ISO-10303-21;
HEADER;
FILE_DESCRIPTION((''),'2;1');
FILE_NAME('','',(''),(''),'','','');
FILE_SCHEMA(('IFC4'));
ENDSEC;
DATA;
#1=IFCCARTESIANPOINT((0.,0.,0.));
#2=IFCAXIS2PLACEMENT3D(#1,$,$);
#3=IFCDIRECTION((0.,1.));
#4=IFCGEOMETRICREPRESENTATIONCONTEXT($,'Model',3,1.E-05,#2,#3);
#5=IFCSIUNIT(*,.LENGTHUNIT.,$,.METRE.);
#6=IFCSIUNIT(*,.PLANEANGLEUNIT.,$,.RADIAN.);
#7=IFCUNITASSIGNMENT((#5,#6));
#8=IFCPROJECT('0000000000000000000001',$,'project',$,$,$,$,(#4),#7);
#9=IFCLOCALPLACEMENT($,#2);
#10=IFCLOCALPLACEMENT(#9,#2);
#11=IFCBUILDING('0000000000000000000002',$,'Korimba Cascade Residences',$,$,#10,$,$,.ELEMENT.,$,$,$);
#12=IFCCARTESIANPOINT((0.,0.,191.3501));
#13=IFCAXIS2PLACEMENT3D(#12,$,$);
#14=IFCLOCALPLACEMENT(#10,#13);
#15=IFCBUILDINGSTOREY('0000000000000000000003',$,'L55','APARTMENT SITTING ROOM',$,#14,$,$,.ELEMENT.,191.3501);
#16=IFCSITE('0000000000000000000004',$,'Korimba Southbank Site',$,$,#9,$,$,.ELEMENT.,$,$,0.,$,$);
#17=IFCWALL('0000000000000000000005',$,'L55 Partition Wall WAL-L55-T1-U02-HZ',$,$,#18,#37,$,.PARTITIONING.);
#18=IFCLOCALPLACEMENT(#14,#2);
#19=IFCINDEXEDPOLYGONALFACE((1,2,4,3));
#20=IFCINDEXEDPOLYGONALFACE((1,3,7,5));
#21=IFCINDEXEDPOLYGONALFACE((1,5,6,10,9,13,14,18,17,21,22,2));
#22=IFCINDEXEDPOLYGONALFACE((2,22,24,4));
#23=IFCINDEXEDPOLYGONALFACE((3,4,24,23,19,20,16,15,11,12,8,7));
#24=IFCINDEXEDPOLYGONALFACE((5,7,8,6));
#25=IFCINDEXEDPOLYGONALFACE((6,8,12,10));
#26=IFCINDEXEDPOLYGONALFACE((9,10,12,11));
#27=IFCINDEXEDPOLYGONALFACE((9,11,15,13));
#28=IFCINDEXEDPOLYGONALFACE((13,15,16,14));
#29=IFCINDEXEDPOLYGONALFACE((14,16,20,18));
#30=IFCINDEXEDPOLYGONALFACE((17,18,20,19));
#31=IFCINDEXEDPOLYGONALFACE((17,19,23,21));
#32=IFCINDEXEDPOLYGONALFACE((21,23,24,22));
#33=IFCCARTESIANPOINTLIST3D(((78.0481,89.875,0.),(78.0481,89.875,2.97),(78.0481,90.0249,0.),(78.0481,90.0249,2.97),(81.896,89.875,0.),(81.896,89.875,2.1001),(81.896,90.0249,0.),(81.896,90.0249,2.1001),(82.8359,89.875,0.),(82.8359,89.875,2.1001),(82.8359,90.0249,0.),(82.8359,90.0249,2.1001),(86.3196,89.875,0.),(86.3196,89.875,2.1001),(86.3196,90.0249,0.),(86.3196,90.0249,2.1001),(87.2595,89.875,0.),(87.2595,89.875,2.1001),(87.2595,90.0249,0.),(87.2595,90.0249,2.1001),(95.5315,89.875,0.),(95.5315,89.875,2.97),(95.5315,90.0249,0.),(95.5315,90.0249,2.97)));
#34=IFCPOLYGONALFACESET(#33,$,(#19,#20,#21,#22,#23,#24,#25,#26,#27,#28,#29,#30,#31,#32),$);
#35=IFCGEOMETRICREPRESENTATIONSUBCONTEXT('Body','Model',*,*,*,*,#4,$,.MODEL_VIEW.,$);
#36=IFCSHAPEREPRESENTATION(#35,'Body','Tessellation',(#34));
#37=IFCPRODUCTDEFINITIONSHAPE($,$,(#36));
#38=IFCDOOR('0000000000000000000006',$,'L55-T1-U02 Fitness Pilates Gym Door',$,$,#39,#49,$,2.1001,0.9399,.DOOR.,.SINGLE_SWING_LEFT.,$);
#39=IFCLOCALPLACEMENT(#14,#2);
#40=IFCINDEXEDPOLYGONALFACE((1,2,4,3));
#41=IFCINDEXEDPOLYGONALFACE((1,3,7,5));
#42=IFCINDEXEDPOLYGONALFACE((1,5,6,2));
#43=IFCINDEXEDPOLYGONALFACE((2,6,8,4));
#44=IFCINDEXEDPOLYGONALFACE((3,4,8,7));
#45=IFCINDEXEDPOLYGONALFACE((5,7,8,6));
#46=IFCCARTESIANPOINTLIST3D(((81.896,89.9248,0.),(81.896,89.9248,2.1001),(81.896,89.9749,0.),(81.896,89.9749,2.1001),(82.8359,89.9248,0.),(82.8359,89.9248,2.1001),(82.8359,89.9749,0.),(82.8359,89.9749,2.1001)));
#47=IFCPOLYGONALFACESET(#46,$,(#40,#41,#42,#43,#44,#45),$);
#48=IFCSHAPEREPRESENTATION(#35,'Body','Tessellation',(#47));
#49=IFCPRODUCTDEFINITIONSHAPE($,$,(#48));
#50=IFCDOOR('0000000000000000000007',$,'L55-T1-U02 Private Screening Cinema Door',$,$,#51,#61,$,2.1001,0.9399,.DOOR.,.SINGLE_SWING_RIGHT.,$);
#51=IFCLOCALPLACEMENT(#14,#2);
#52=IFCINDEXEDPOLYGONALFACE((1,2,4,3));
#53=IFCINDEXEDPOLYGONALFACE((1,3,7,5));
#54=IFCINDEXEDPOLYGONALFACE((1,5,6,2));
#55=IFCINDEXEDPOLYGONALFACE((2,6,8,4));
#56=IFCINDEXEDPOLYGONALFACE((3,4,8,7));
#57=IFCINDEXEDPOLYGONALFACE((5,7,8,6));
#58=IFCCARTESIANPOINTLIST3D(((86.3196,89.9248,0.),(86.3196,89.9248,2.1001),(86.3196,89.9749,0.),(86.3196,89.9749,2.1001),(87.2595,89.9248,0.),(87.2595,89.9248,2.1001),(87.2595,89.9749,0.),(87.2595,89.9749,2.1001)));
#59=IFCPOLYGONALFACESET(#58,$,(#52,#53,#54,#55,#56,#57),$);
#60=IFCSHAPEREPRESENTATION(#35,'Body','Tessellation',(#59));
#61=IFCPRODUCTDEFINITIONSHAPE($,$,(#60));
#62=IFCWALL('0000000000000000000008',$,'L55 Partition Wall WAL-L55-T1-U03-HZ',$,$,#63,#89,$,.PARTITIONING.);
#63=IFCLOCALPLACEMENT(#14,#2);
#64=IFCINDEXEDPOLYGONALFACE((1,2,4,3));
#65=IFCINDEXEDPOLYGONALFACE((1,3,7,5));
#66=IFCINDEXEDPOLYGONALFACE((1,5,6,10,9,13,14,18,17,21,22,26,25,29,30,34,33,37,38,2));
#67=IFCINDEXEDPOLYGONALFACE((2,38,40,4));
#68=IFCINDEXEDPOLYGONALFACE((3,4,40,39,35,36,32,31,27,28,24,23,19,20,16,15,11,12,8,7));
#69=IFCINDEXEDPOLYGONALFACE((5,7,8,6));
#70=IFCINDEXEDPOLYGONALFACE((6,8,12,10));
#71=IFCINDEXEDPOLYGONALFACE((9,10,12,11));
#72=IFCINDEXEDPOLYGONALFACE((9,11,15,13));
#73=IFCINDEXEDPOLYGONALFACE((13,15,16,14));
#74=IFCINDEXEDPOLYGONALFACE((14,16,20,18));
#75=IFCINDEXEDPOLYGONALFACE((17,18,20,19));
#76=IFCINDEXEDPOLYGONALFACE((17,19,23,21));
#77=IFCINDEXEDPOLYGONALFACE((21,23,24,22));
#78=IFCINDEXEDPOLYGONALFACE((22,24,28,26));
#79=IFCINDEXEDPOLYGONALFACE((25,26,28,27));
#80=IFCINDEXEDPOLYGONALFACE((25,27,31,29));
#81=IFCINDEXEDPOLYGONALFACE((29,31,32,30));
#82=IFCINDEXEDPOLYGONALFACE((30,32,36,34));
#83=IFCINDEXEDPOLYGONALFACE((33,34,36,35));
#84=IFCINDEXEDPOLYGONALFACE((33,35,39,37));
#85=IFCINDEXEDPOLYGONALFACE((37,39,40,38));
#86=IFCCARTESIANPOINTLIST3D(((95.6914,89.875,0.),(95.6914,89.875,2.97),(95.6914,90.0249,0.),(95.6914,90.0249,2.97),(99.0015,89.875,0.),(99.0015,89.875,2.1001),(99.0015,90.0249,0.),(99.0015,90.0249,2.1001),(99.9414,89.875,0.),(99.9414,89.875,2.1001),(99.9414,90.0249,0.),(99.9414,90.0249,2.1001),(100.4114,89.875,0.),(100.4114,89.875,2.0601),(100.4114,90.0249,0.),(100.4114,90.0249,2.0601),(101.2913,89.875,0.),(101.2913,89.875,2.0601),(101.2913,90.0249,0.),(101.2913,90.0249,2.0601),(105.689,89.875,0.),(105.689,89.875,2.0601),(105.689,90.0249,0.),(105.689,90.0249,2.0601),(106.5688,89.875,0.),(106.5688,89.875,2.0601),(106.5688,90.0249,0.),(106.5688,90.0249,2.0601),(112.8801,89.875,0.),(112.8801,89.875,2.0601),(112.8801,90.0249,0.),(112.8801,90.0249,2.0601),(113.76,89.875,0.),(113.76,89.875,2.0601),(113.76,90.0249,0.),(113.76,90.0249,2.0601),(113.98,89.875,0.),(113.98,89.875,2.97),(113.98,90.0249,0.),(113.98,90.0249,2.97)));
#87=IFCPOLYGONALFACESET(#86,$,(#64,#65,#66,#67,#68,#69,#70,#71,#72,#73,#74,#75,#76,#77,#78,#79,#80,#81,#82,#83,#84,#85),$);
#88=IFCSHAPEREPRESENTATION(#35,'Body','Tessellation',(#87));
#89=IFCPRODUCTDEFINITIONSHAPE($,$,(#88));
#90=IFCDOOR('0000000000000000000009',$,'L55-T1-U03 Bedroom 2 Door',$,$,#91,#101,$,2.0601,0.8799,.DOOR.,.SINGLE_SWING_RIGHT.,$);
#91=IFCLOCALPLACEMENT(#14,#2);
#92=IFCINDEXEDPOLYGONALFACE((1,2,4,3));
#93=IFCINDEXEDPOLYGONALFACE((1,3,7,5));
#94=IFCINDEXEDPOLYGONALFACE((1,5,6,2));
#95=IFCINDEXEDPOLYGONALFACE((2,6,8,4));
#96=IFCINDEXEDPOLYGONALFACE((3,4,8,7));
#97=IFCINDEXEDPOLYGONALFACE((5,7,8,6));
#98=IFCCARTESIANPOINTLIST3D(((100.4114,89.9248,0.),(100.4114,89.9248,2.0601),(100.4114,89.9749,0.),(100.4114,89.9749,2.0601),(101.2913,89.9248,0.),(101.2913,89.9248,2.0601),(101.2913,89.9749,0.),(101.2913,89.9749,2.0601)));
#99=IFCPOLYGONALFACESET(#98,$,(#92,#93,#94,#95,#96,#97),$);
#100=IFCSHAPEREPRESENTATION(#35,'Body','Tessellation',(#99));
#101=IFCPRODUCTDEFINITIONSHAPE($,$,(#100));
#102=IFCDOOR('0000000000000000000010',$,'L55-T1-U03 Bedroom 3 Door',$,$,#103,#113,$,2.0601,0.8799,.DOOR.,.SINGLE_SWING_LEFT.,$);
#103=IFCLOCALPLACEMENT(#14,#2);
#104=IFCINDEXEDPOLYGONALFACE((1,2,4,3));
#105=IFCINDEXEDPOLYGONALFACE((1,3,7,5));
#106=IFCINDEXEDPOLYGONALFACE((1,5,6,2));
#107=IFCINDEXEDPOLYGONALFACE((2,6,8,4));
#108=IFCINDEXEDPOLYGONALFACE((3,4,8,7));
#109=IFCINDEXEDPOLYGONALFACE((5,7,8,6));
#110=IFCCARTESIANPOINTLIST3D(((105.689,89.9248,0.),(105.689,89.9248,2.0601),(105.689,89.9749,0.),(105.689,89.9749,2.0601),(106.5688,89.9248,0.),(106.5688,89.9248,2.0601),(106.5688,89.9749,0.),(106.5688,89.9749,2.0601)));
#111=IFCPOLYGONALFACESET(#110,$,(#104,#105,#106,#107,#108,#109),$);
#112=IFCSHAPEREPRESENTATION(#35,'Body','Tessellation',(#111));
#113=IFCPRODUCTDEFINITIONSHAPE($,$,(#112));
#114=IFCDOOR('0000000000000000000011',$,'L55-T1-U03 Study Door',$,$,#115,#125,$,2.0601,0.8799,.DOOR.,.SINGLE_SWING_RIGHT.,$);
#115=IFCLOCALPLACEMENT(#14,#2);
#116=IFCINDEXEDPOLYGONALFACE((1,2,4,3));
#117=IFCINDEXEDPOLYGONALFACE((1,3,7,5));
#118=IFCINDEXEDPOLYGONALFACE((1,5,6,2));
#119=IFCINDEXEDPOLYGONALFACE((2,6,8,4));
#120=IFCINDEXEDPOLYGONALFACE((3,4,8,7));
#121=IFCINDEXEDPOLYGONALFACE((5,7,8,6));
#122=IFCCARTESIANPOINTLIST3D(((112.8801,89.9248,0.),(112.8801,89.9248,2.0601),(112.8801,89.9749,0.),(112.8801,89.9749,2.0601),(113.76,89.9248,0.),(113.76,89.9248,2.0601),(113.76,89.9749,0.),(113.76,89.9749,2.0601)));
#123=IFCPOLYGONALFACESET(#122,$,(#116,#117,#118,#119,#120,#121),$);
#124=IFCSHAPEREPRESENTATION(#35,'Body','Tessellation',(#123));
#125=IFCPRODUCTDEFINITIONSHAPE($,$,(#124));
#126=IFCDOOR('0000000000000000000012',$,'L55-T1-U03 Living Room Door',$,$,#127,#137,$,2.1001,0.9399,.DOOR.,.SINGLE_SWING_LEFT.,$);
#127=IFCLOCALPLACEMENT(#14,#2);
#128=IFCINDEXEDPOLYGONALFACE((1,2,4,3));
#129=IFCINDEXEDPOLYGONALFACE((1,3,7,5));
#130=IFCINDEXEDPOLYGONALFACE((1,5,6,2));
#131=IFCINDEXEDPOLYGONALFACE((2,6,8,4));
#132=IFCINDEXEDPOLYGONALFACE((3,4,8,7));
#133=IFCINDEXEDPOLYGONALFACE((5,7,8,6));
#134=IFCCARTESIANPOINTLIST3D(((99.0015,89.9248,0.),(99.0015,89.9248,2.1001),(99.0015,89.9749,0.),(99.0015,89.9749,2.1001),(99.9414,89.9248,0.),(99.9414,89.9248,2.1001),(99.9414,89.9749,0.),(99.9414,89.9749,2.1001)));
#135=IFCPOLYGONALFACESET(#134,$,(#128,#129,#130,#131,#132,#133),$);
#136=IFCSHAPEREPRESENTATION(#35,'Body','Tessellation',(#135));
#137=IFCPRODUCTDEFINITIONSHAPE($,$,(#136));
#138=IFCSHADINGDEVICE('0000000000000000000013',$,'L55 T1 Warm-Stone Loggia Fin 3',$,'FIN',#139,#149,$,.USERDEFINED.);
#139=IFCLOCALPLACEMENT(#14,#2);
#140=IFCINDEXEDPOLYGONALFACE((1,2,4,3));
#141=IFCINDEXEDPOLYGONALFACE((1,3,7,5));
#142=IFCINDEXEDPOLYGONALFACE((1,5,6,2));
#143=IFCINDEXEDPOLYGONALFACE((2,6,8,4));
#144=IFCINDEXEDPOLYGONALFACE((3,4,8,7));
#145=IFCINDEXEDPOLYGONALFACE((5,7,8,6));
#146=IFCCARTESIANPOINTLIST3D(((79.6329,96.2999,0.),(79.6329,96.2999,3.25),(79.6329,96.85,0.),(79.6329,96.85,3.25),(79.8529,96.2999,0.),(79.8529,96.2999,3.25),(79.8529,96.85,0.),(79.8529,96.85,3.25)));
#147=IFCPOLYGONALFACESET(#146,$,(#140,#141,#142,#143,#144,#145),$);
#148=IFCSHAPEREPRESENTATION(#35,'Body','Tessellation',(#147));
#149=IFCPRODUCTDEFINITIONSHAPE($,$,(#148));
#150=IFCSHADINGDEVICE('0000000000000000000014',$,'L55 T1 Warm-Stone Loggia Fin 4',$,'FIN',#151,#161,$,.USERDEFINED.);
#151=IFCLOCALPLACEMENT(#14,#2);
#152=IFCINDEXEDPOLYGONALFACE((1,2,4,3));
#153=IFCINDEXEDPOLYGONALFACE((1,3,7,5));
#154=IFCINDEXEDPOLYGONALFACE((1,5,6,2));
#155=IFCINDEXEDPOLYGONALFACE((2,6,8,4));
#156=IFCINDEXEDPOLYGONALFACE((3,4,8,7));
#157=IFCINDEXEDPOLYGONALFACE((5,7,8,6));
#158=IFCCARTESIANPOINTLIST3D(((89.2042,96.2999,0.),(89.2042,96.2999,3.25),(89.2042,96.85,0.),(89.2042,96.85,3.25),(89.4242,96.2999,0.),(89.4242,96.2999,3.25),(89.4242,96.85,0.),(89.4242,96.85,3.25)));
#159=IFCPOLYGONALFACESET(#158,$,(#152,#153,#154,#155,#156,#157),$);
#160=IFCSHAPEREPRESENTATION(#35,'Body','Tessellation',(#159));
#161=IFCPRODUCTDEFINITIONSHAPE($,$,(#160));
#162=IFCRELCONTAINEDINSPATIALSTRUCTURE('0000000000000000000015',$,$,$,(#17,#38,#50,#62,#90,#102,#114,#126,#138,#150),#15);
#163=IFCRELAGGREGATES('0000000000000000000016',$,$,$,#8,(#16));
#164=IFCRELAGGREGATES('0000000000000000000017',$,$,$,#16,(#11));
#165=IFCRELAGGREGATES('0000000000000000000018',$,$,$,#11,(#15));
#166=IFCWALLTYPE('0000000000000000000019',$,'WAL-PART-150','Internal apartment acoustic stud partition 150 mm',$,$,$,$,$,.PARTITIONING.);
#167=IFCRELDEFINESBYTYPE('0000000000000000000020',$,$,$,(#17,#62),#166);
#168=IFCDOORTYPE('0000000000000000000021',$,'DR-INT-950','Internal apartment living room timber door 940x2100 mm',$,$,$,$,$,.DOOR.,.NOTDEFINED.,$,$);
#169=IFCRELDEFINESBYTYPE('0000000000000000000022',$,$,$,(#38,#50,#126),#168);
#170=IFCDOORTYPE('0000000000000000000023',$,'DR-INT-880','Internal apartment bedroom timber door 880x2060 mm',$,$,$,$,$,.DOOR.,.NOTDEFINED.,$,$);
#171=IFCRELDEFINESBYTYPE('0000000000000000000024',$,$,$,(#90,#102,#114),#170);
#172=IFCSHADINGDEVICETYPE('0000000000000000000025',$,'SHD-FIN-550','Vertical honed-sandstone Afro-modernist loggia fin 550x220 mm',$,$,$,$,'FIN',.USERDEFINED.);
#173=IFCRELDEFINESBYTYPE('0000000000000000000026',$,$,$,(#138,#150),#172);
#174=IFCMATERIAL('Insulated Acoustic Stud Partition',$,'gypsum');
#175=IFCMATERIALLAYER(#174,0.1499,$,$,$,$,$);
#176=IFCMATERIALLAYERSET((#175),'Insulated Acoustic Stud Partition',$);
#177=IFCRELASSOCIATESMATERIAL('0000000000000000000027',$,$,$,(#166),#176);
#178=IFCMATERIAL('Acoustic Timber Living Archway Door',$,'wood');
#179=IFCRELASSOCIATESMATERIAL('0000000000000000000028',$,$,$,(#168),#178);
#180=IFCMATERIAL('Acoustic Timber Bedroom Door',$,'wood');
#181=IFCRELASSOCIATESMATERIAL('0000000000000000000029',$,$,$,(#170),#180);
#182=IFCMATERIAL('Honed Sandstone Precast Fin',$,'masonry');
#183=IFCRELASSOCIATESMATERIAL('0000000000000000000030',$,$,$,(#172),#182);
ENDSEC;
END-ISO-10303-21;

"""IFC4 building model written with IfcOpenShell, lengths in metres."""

from ifc_helpers import new_model, si_unit, direction, frame, frame_2d, origin, origin_2d, place, context, subcontext, project, spatial, rectangle, extrude, material, layer, layer_set, type_object, element, fill, save


model = new_model("IFC4")

# Units and contexts
model_context = context("Model", 3, precision=1e-05, world=origin(), true_north=direction((0.0, 1.0)))
body_context = subcontext(model_context, "Body", "Model", "MODEL_VIEW")
ifc_project = project(units=[si_unit("LENGTHUNIT", "METRE"), si_unit("PLANEANGLEUNIT", "RADIAN")], contexts=[model_context])

# Site, building, storey
site_placement = place(None, origin())
site = spatial("IfcSite", under=ifc_project, at=site_placement, Name="Korimba Southbank Site", CompositionType="ELEMENT", RefElevation=0.0)
building_placement = place(site_placement, origin())
building = spatial("IfcBuilding", under=site, at=building_placement, Name="Korimba Cascade Residences", CompositionType="ELEMENT")
storey_placement = place(building_placement, frame((0.0, 0.0, 191.3501)))
storey = spatial("IfcBuildingStorey", under=building, at=storey_placement, Name="L55", Description="APARTMENT SITTING ROOM", CompositionType="ELEMENT", Elevation=191.3501)

# Shared definitions
ifc_material_1 = material(Name="Insulated Acoustic Stud Partition", Category="gypsum")
ifc_layer = layer(ifc_material_1, 0.1499)
ifc_layer_set = layer_set([ifc_layer], Name="Insulated Acoustic Stud Partition")
wall_type = type_object("IfcWallType", Name="WAL-PART-150", Description="Internal apartment acoustic stud partition 150 mm", PredefinedType="PARTITIONING", material=ifc_layer_set)

# Walls, openings, doors
wall_1_placement = place(storey_placement, frame((78.0481, 89.95, 0.0), z_axis=(0.0, 0.0, 1.0), x_axis=(1.0, 0.0, 0.0)))
wall_1 = element("IfcWall", 1, at=wall_1_placement, inside=storey, type_object=wall_type, Name="L55 Partition Wall WAL-L55-T1-U02-HZ", PredefinedType="PARTITIONING", context=body_context, shape_type="SweptSolid", body=[
    extrude(rectangle(XDim=17.4834, YDim=0.1499, at=frame_2d((8.7417, 0.0))), origin(), (0.0, 0.0, 1.0), 2.97),
])
opening_1_placement = place(wall_1_placement, frame((3.8479, 0.0, 0.0)))
opening_1 = element("IfcOpeningElement", 2, at=opening_1_placement, cuts=wall_1, PredefinedType="OPENING", context=body_context, shape_type="SweptSolid", body=[
    extrude(rectangle(XDim=0.9399, YDim=2.1001, at=frame_2d((0.47, 1.05))), frame((0.0, 0.085, 0.0), z_axis=(0.0, -1.0, 0.0), x_axis=(1.0, 0.0, 0.0)), (0.0, 0.0, 1.0), 0.1699),
])
opening_2_placement = place(wall_1_placement, frame((8.2715, 0.0, 0.0)))
opening_2 = element("IfcOpeningElement", 3, at=opening_2_placement, cuts=wall_1, PredefinedType="OPENING", context=body_context, shape_type="SweptSolid", body=[
    extrude(rectangle(XDim=0.9399, YDim=2.1001, at=frame_2d((0.47, 1.05))), frame((0.0, 0.085, 0.0), z_axis=(0.0, -1.0, 0.0), x_axis=(1.0, 0.0, 0.0)), (0.0, 0.0, 1.0), 0.1699),
])
ifc_material_2 = material(Name="Acoustic Timber Living Archway Door", Category="wood")
door_type_1 = type_object("IfcDoorType", Name="DR-INT-950", Description="Internal apartment living room timber door 940x2100 mm", OperationType="NOTDEFINED", PredefinedType="DOOR", material=ifc_material_2)
door_1_placement = place(opening_1_placement, origin())
door_1 = element("IfcDoor", 4, at=door_1_placement, inside=storey, type_object=door_type_1, Name="L55-T1-U02 Fitness Pilates Gym Door", OperationType="SINGLE_SWING_LEFT", OverallHeight=2.1001, OverallWidth=0.9399, PredefinedType="DOOR", context=body_context, shape_type="SweptSolid", body=[
    extrude(rectangle(XDim=0.9399, YDim=2.1001, at=frame_2d((0.47, 1.05))), frame((0.0, 0.0249, 0.0), z_axis=(0.0, -1.0, 0.0), x_axis=(1.0, 0.0, 0.0)), (0.0, 0.0, 1.0), 0.05),
])
fill(opening_1, door_1)
door_2_placement = place(opening_2_placement, origin())
door_2 = element("IfcDoor", 5, at=door_2_placement, inside=storey, type_object=door_type_1, Name="L55-T1-U02 Private Screening Cinema Door", OperationType="SINGLE_SWING_RIGHT", OverallHeight=2.1001, OverallWidth=0.9399, PredefinedType="DOOR", context=body_context, shape_type="SweptSolid", body=[
    extrude(rectangle(XDim=0.9399, YDim=2.1001, at=frame_2d((0.47, 1.05))), frame((0.0, 0.0249, 0.0), z_axis=(0.0, -1.0, 0.0), x_axis=(1.0, 0.0, 0.0)), (0.0, 0.0, 1.0), 0.05),
])
fill(opening_2, door_2)
wall_2_placement = place(storey_placement, frame((95.6914, 89.95, 0.0), z_axis=(0.0, 0.0, 1.0), x_axis=(1.0, 0.0, 0.0)))
wall_2 = element("IfcWall", 6, at=wall_2_placement, inside=storey, type_object=wall_type, Name="L55 Partition Wall WAL-L55-T1-U03-HZ", PredefinedType="PARTITIONING", context=body_context, shape_type="SweptSolid", body=[
    extrude(rectangle(XDim=18.2886, YDim=0.1499, at=frame_2d((9.1443, 0.0))), origin(), (0.0, 0.0, 1.0), 2.97),
])
opening_3_placement = place(wall_2_placement, frame((3.3101, 0.0, 0.0)))
opening_3 = element("IfcOpeningElement", 7, at=opening_3_placement, cuts=wall_2, PredefinedType="OPENING", context=body_context, shape_type="SweptSolid", body=[
    extrude(rectangle(XDim=0.9399, YDim=2.1001, at=frame_2d((0.47, 1.05))), frame((0.0, 0.085, 0.0), z_axis=(0.0, -1.0, 0.0), x_axis=(1.0, 0.0, 0.0)), (0.0, 0.0, 1.0), 0.1699),
])
opening_4_placement = place(wall_2_placement, frame((4.72, 0.0, 0.0)))
opening_4 = element("IfcOpeningElement", 8, at=opening_4_placement, cuts=wall_2, PredefinedType="OPENING", context=body_context, shape_type="SweptSolid", body=[
    extrude(rectangle(XDim=0.8799, YDim=2.0601, at=frame_2d((0.4399, 1.03))), frame((0.0, 0.085, 0.0), z_axis=(0.0, -1.0, 0.0), x_axis=(1.0, 0.0, 0.0)), (0.0, 0.0, 1.0), 0.1699),
])
opening_5_placement = place(wall_2_placement, frame((9.9976, 0.0, 0.0)))
opening_5 = element("IfcOpeningElement", 9, at=opening_5_placement, cuts=wall_2, PredefinedType="OPENING", context=body_context, shape_type="SweptSolid", body=[
    extrude(rectangle(XDim=0.8799, YDim=2.0601, at=frame_2d((0.4399, 1.03))), frame((0.0, 0.085, 0.0), z_axis=(0.0, -1.0, 0.0), x_axis=(1.0, 0.0, 0.0)), (0.0, 0.0, 1.0), 0.1699),
])
opening_6_placement = place(wall_2_placement, frame((17.1887, 0.0, 0.0)))
opening_6 = element("IfcOpeningElement", 10, at=opening_6_placement, cuts=wall_2, PredefinedType="OPENING", context=body_context, shape_type="SweptSolid", body=[
    extrude(rectangle(XDim=0.8799, YDim=2.0601, at=frame_2d((0.4399, 1.03))), frame((0.0, 0.085, 0.0), z_axis=(0.0, -1.0, 0.0), x_axis=(1.0, 0.0, 0.0)), (0.0, 0.0, 1.0), 0.1699),
])
ifc_material_3 = material(Name="Acoustic Timber Bedroom Door", Category="wood")
door_type_2 = type_object("IfcDoorType", Name="DR-INT-880", Description="Internal apartment bedroom timber door 880x2060 mm", OperationType="NOTDEFINED", PredefinedType="DOOR", material=ifc_material_3)
door_3_placement = place(opening_4_placement, origin())
door_3 = element("IfcDoor", 11, at=door_3_placement, inside=storey, type_object=door_type_2, Name="L55-T1-U03 Bedroom 2 Door", OperationType="SINGLE_SWING_RIGHT", OverallHeight=2.0601, OverallWidth=0.8799, PredefinedType="DOOR", context=body_context, shape_type="SweptSolid", body=[
    extrude(rectangle(XDim=0.8799, YDim=2.0601, at=frame_2d((0.4399, 1.03))), frame((0.0, 0.0249, 0.0), z_axis=(0.0, -1.0, 0.0), x_axis=(1.0, 0.0, 0.0)), (0.0, 0.0, 1.0), 0.05),
])
fill(opening_4, door_3)
door_4_placement = place(opening_5_placement, origin())
door_4 = element("IfcDoor", 12, at=door_4_placement, inside=storey, type_object=door_type_2, Name="L55-T1-U03 Bedroom 3 Door", OperationType="SINGLE_SWING_LEFT", OverallHeight=2.0601, OverallWidth=0.8799, PredefinedType="DOOR", context=body_context, shape_type="SweptSolid", body=[
    extrude(rectangle(XDim=0.8799, YDim=2.0601, at=frame_2d((0.4399, 1.03))), frame((0.0, 0.0249, 0.0), z_axis=(0.0, -1.0, 0.0), x_axis=(1.0, 0.0, 0.0)), (0.0, 0.0, 1.0), 0.05),
])
fill(opening_5, door_4)
door_5_placement = place(opening_6_placement, origin())
door_5 = element("IfcDoor", 13, at=door_5_placement, inside=storey, type_object=door_type_2, Name="L55-T1-U03 Study Door", OperationType="SINGLE_SWING_RIGHT", OverallHeight=2.0601, OverallWidth=0.8799, PredefinedType="DOOR", context=body_context, shape_type="SweptSolid", body=[
    extrude(rectangle(XDim=0.8799, YDim=2.0601, at=frame_2d((0.4399, 1.03))), frame((0.0, 0.0249, 0.0), z_axis=(0.0, -1.0, 0.0), x_axis=(1.0, 0.0, 0.0)), (0.0, 0.0, 1.0), 0.05),
])
fill(opening_6, door_5)
door_6_placement = place(opening_3_placement, origin())
door_6 = element("IfcDoor", 14, at=door_6_placement, inside=storey, type_object=door_type_1, Name="L55-T1-U03 Living Room Door", OperationType="SINGLE_SWING_LEFT", OverallHeight=2.1001, OverallWidth=0.9399, PredefinedType="DOOR", context=body_context, shape_type="SweptSolid", body=[
    extrude(rectangle(XDim=0.9399, YDim=2.1001, at=frame_2d((0.47, 1.05))), frame((0.0, 0.0249, 0.0), z_axis=(0.0, -1.0, 0.0), x_axis=(1.0, 0.0, 0.0)), (0.0, 0.0, 1.0), 0.05),
])
fill(opening_3, door_6)

# Shading devices
ifc_material_4 = material(Name="Honed Sandstone Precast Fin", Category="masonry")
shading_device_type = type_object("IfcShadingDeviceType", Name="SHD-FIN-550", Description="Vertical honed-sandstone Afro-modernist loggia fin 550x220 mm", ElementType="FIN", PredefinedType="USERDEFINED", material=ifc_material_4)
for number, where, z_axis, x_axis, name in (
    (15, (79.7429, 96.575, 0.0), (0.0, 0.0, 1.0), (1.0, 0.0, 0.0), "L55 T1 Warm-Stone Loggia Fin 3"),
    (16, (89.3142, 96.575, 0.0), (0.0, 0.0, 1.0), (1.0, 0.0, 0.0), "L55 T1 Warm-Stone Loggia Fin 4"),
):
    element("IfcShadingDevice", number, at=place(storey_placement, frame(where, z_axis=z_axis, x_axis=x_axis)), inside=storey, type_object=shading_device_type, Name=name, ObjectType="FIN", PredefinedType="USERDEFINED", context=body_context, shape_type="SweptSolid", body=[
        extrude(rectangle(XDim=0.22, YDim=0.55, at=origin_2d()), origin(), (0.0, 0.0, 1.0), 3.25),
    ])

save(model, "model.ifc")
